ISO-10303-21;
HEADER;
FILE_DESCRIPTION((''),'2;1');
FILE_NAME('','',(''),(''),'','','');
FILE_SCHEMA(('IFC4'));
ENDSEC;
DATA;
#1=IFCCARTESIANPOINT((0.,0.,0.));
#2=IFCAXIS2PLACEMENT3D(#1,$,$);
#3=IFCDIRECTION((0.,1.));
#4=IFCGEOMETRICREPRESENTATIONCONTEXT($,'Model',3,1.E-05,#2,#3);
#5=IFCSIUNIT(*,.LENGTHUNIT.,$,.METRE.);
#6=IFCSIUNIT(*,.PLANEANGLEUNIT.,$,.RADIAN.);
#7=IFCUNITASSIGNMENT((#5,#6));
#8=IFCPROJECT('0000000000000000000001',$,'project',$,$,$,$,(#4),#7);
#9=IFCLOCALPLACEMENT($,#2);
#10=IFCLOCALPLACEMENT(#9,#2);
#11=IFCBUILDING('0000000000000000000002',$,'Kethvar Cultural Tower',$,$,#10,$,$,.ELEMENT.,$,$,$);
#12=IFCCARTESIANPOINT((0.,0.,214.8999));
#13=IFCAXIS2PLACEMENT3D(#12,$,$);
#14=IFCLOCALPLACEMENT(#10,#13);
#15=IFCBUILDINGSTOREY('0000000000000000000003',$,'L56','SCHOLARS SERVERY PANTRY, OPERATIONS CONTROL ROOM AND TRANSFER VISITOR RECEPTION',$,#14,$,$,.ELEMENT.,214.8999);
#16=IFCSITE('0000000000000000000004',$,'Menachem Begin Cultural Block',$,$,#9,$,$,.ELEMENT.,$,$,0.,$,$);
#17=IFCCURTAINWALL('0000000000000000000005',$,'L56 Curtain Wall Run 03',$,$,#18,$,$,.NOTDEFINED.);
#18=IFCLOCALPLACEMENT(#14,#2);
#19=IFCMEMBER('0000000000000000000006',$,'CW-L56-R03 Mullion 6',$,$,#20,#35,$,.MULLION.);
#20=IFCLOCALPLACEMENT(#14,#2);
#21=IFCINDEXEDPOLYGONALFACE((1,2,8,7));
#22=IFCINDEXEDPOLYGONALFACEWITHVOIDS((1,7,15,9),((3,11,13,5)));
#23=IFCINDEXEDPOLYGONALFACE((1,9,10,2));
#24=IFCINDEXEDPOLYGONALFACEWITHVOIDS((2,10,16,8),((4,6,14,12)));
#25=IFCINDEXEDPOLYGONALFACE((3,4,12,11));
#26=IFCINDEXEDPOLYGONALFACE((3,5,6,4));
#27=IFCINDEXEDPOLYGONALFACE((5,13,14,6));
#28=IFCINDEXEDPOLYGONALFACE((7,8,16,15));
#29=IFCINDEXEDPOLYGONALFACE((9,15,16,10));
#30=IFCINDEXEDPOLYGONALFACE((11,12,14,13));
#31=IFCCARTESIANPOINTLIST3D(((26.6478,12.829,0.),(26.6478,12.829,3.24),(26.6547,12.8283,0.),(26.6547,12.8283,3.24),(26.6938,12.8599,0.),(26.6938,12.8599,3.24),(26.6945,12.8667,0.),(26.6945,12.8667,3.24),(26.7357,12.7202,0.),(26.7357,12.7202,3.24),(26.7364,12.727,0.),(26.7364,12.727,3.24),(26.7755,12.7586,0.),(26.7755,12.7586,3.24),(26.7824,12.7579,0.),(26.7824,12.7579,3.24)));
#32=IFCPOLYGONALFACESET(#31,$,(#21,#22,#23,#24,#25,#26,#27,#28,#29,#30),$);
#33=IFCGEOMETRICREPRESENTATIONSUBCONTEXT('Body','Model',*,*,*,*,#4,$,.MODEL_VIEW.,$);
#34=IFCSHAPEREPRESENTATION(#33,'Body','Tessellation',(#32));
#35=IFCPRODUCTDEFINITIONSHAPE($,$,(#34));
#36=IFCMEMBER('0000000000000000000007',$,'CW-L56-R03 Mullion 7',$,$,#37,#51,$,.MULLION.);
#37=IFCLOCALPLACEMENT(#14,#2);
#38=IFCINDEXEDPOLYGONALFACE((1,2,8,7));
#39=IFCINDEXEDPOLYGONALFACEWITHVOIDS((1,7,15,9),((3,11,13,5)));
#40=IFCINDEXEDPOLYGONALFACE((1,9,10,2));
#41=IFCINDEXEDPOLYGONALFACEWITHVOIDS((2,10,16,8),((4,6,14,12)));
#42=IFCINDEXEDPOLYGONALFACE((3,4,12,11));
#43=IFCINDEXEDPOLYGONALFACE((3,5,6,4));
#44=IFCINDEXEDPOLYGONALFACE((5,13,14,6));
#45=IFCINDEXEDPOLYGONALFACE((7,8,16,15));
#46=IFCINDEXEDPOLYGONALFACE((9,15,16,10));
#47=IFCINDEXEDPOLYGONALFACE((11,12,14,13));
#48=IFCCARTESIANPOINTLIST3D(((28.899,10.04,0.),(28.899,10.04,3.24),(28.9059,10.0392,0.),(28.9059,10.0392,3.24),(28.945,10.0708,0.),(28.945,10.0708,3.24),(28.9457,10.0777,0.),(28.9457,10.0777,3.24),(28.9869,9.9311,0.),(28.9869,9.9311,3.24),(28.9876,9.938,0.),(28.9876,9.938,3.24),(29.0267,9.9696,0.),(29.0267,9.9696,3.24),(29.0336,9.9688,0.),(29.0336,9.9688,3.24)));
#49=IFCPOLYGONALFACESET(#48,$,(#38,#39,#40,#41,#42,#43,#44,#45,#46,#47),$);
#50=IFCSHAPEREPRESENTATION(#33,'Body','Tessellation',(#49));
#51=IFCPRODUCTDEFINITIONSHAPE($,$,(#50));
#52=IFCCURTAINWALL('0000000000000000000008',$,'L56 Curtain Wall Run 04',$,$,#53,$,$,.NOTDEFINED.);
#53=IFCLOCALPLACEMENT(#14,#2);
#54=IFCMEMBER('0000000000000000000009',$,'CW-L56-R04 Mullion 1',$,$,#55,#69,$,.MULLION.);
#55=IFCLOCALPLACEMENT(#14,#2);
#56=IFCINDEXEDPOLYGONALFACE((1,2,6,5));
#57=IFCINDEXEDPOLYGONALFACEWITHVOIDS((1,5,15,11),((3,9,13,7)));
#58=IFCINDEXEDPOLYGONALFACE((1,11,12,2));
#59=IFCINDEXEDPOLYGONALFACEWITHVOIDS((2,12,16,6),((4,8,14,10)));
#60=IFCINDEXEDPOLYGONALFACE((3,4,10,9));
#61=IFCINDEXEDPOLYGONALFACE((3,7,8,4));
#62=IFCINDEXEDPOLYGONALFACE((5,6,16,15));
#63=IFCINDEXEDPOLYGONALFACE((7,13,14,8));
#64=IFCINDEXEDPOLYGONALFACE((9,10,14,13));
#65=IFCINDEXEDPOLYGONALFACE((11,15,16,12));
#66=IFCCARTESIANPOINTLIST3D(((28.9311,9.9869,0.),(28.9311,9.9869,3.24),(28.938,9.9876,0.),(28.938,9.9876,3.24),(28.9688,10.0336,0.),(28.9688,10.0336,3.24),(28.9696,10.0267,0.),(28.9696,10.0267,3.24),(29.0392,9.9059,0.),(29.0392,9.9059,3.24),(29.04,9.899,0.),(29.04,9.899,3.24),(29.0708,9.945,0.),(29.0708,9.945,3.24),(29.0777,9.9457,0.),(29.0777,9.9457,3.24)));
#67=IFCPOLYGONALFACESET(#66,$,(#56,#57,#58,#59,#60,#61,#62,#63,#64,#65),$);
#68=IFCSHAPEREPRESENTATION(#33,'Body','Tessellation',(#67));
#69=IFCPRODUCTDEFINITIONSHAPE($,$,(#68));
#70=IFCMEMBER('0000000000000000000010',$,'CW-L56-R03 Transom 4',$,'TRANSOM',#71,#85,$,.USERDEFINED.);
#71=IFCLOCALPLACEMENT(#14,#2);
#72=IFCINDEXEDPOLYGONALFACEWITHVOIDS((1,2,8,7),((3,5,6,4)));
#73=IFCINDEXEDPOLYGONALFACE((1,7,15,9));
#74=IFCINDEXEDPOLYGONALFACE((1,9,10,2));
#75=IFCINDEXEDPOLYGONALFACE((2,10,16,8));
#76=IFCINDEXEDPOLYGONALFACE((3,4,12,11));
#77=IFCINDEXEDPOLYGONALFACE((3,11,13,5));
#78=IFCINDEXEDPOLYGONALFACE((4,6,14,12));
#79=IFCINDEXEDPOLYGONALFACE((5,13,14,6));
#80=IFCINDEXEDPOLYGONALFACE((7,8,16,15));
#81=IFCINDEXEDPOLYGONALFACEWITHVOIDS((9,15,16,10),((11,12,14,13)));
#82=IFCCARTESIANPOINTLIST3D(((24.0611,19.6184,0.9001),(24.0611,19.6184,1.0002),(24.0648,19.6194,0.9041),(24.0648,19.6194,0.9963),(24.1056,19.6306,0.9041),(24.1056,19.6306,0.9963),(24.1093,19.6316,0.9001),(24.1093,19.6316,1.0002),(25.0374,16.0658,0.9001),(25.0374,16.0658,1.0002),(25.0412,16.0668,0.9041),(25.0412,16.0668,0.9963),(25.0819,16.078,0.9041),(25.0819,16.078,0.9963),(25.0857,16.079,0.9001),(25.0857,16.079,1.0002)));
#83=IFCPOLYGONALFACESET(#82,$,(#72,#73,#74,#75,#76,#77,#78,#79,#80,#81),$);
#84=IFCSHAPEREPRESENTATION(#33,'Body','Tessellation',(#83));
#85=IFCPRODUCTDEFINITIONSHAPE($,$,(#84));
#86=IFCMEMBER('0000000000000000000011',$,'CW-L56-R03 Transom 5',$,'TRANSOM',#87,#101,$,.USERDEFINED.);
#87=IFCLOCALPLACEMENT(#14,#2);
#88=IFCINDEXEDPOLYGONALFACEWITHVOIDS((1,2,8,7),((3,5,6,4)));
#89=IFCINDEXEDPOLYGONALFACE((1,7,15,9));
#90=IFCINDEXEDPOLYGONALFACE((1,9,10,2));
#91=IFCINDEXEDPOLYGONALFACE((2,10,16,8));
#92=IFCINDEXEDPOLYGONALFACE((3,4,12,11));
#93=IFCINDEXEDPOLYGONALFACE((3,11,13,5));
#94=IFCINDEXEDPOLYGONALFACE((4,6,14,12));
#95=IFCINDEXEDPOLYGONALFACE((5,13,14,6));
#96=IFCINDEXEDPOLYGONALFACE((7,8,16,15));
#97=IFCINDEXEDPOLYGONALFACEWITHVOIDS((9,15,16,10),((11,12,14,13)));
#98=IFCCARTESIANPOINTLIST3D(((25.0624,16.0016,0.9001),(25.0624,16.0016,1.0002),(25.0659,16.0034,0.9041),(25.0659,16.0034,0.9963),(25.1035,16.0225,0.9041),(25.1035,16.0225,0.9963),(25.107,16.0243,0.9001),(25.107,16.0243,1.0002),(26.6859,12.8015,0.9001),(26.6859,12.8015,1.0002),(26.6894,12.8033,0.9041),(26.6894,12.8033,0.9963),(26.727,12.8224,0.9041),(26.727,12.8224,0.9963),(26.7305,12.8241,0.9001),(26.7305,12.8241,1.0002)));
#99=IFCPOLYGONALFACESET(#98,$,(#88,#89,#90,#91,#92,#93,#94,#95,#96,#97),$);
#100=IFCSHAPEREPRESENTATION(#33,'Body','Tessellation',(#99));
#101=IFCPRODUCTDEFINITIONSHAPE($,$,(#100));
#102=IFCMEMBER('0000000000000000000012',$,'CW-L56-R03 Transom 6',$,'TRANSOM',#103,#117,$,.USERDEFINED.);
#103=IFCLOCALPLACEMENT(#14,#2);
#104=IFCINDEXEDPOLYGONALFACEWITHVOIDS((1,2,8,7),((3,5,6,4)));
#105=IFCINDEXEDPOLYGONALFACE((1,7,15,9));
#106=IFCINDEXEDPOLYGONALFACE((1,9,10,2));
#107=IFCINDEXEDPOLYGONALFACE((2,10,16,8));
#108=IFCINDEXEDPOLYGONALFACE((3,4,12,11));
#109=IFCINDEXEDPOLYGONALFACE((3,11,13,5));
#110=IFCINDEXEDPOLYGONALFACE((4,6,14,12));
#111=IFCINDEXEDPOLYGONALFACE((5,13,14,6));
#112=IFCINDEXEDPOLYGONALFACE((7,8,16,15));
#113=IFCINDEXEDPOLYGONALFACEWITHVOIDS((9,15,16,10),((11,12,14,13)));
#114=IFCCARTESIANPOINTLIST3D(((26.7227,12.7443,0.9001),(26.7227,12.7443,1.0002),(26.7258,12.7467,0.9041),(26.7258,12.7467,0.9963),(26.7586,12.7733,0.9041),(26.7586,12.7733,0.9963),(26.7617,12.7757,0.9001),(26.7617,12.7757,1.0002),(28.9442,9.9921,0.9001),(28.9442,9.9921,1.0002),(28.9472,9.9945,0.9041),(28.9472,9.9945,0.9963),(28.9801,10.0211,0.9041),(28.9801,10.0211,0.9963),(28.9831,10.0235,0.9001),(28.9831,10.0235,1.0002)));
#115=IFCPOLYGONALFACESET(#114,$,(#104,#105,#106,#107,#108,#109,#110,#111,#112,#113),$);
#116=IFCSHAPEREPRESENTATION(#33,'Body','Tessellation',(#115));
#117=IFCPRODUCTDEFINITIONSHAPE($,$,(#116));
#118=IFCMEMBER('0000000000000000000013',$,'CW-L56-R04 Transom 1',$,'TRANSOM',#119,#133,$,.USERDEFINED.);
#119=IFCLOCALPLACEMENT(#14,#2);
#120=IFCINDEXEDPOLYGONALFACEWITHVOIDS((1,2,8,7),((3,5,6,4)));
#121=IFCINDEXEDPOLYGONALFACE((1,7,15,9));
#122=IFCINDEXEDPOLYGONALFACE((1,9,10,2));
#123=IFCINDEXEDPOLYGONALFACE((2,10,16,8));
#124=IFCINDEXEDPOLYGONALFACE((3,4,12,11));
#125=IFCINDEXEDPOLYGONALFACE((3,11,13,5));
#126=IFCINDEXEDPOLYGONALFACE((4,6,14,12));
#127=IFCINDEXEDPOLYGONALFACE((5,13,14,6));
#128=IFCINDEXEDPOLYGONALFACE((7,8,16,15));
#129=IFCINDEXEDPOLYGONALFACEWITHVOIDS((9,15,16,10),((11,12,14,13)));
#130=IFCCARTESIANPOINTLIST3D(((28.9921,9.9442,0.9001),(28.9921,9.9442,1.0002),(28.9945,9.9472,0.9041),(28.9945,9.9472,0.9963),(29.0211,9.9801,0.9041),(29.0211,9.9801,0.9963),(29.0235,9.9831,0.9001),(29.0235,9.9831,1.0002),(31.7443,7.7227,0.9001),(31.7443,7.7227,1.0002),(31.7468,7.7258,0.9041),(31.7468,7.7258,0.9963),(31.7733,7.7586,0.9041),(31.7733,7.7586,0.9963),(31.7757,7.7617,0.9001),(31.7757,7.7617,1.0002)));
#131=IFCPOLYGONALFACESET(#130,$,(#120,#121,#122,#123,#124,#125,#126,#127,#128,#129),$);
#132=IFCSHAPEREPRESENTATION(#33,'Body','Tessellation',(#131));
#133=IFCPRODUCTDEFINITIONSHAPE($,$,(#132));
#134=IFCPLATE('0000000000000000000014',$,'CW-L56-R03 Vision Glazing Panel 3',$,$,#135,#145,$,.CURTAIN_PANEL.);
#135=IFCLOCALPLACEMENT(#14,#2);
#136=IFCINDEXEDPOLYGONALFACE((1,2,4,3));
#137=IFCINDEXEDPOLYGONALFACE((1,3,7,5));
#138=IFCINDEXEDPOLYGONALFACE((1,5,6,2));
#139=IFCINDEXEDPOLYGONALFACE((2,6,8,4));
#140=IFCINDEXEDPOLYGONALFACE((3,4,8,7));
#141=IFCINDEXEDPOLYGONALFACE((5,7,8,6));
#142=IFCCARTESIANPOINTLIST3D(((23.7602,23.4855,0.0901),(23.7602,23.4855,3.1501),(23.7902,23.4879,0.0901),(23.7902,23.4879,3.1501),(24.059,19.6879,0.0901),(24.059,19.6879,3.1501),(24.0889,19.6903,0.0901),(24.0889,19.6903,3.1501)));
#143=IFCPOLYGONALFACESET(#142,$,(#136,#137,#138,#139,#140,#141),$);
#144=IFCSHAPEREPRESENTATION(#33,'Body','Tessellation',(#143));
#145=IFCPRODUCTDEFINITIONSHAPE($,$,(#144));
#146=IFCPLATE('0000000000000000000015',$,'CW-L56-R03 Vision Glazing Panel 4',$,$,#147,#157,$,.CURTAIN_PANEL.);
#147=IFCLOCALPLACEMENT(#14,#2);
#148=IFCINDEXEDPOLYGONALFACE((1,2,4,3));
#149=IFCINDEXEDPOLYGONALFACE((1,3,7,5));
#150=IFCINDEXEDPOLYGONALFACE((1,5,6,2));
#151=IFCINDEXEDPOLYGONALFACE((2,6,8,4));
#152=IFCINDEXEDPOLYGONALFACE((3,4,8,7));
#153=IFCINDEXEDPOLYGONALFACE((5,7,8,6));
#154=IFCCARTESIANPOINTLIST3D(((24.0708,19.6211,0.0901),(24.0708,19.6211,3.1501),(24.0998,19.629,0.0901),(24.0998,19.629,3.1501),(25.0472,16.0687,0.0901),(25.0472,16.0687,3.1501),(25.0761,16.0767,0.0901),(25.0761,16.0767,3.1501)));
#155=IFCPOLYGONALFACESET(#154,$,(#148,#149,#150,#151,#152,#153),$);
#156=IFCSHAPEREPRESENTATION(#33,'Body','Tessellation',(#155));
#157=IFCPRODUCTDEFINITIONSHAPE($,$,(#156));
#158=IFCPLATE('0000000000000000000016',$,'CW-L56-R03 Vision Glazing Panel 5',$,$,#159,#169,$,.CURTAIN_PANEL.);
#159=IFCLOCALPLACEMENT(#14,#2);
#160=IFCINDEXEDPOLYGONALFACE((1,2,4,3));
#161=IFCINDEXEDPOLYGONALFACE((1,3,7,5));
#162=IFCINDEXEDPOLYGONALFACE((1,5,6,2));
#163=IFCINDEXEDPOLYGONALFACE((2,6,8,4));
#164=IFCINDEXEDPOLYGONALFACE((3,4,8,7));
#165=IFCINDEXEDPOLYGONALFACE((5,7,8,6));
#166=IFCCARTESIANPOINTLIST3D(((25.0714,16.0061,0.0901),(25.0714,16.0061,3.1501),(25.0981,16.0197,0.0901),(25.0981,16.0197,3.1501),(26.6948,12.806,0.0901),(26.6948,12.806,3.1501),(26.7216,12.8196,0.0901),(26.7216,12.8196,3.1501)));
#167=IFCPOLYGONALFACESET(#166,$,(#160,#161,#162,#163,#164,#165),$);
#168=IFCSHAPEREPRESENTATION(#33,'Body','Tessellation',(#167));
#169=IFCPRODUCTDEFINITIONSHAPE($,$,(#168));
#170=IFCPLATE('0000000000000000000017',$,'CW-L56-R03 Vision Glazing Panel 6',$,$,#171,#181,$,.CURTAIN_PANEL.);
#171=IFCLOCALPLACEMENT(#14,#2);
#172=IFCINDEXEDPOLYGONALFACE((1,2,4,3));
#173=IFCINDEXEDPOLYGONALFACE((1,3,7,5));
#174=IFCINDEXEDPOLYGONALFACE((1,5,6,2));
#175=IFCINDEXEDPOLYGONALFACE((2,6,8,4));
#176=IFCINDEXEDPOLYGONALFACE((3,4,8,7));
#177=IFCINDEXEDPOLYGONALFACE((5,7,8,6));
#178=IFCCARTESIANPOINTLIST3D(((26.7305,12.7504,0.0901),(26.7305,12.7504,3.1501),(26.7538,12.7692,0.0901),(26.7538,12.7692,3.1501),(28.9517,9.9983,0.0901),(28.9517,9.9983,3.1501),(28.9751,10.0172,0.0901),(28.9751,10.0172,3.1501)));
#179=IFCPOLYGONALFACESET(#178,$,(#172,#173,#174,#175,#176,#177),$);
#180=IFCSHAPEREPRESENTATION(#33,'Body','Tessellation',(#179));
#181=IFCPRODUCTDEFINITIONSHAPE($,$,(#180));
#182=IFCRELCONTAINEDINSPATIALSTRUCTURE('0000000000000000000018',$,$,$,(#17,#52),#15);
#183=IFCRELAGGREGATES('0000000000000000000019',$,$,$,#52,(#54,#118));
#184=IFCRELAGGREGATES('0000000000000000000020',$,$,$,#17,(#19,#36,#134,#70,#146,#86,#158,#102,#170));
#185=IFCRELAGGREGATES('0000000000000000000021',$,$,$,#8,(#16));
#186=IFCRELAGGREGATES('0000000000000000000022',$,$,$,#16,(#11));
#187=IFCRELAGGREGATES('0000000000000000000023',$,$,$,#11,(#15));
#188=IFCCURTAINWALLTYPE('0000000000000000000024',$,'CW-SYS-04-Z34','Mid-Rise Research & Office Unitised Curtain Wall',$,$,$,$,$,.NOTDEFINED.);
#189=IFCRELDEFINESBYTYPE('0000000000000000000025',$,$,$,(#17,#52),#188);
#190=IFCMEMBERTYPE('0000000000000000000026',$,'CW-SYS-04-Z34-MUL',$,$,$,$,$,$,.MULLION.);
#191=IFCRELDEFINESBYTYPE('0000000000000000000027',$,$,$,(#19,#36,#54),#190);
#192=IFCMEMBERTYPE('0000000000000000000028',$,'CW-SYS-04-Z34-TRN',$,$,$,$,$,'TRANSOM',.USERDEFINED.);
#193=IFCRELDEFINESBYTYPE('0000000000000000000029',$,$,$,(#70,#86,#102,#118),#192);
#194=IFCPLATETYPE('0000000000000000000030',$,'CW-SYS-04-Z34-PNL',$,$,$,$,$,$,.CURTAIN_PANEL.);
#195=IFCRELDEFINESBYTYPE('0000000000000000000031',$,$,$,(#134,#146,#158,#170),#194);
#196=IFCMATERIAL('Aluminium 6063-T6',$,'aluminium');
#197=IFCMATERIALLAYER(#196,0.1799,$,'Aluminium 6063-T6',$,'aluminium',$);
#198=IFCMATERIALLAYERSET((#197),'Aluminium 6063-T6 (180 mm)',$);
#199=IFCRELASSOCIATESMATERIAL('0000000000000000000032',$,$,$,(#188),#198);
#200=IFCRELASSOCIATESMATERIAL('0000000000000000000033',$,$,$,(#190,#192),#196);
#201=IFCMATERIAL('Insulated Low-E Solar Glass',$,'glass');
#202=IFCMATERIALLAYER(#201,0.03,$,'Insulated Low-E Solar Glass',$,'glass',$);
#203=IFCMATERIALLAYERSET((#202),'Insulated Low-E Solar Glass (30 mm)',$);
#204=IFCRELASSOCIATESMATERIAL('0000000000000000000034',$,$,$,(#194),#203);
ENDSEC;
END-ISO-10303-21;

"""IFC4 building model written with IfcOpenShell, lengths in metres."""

from ifc_helpers import new_model, si_unit, direction, frame, origin, origin_2d, place, context, subcontext, project, spatial, rectangle, hollow_rectangle, extrude, source, transform, mapped, material, layer, layer_set, material_profile, profile_set, type_object, element, aggregate, save


model = new_model("IFC4")

# Units and contexts
model_context = context("Model", 3, precision=1e-05, world=origin(), true_north=direction((0.0, 1.0)))
body_context = subcontext(model_context, "Body", "Model", "MODEL_VIEW")
ifc_project = project(units=[si_unit("LENGTHUNIT", "METRE"), si_unit("PLANEANGLEUNIT", "RADIAN")], contexts=[model_context])

# Site, building, storey
site_placement = place(None, origin())
site = spatial("IfcSite", under=ifc_project, at=site_placement, Name="Menachem Begin Cultural Block", CompositionType="ELEMENT", RefElevation=0.0)
building_placement = place(site_placement, origin())
building = spatial("IfcBuilding", under=site, at=building_placement, Name="Kethvar Cultural Tower", CompositionType="ELEMENT")
storey_placement = place(building_placement, frame((0.0, 0.0, 214.8999)))
storey = spatial("IfcBuildingStorey", under=building, at=storey_placement, Name="L56", Description="SCHOLARS SERVERY PANTRY, OPERATIONS CONTROL ROOM AND TRANSFER VISITOR RECEPTION", CompositionType="ELEMENT", Elevation=214.8999)

# Curtain wall, members
ifc_material_1 = material(Name="Aluminium 6063-T6", Category="aluminium")
ifc_layer_1 = layer(ifc_material_1, 0.1799, Name="Aluminium 6063-T6", Category="aluminium")
ifc_layer_set_1 = layer_set([ifc_layer_1], Name="Aluminium 6063-T6 (180 mm)")
curtain_wall_type = type_object("IfcCurtainWallType", Name="CW-SYS-04-Z34", Description="Mid-Rise Research & Office Unitised Curtain Wall", PredefinedType="NOTDEFINED", material=ifc_layer_set_1)
curtain_wall_1_placement = place(storey_placement, origin())
curtain_wall_1 = element("IfcCurtainWall", 1, at=curtain_wall_1_placement, inside=storey, type_object=curtain_wall_type, Name="L56 Curtain Wall Run 03", PredefinedType="NOTDEFINED")
ifc_material_profile_1 = material_profile(ifc_material_1, hollow_rectangle(XDim=0.0601, YDim=0.1399, WallThickness=0.0049, at=origin_2d()), Name="Aluminium 6063-T6 — RHS140x60x5")
ifc_profile_set_1 = profile_set([ifc_material_profile_1], Name="Aluminium 6063-T6 — RHS140x60x5")
member_type_1 = type_object("IfcMemberType", Name="CW-SYS-04-Z34-MUL", PredefinedType="MULLION", material=ifc_profile_set_1)
shared_shape_1 = source(origin(), body_context, "Body", "SweptSolid", [
    extrude(hollow_rectangle(XDim=0.0601, YDim=0.1399, WallThickness=0.0049, at=origin_2d()), origin(), (0.0, 0.0, 1.0), 3.24),
])
member_1_placement = place(storey_placement, frame((26.7151, 12.7935, 0.0), z_axis=(0.0, 0.0, 1.0), x_axis=(0.778155, 0.628072, 0.0)))
member_1 = element("IfcMember", 2, at=member_1_placement, type_object=member_type_1, Name="CW-L56-R03 Mullion 6", PredefinedType="MULLION", context=body_context, shape_type="MappedRepresentation", body=[
    mapped(shared_shape_1, transform((0.0, 0.0, 0.0), scale=1.0)),
])
member_2_placement = place(storey_placement, frame((28.9663, 10.0044, 0.0), z_axis=(0.0, 0.0, 1.0), x_axis=(0.778155, 0.628072, 0.0)))
member_2 = element("IfcMember", 3, at=member_2_placement, type_object=member_type_1, Name="CW-L56-R03 Mullion 7", PredefinedType="MULLION", context=body_context, shape_type="MappedRepresentation", body=[
    mapped(shared_shape_1, transform((0.0, 0.0, 0.0), scale=1.0)),
])

# Curtain wall, member
curtain_wall_2_placement = place(storey_placement, origin())
curtain_wall_2 = element("IfcCurtainWall", 4, at=curtain_wall_2_placement, inside=storey, type_object=curtain_wall_type, Name="L56 Curtain Wall Run 04", PredefinedType="NOTDEFINED")
member_3_placement = place(storey_placement, frame((29.0044, 9.9663, 0.0), z_axis=(0.0, 0.0, 1.0), x_axis=(0.628072, 0.778155, 0.0)))
member_3 = element("IfcMember", 5, at=member_3_placement, type_object=member_type_1, Name="CW-L56-R04 Mullion 1", PredefinedType="MULLION", context=body_context, shape_type="MappedRepresentation", body=[
    mapped(shared_shape_1, transform((0.0, 0.0, 0.0), scale=1.0)),
])

# Members
ifc_material_profile_2 = material_profile(ifc_material_1, hollow_rectangle(XDim=0.05, YDim=0.1001, WallThickness=0.0039, at=origin_2d()), Name="Aluminium 6063-T6 — RHS100x50x4")
ifc_profile_set_2 = profile_set([ifc_material_profile_2], Name="Aluminium 6063-T6 — RHS100x50x4")
member_type_2 = type_object("IfcMemberType", Name="CW-SYS-04-Z34-TRN", ElementType="TRANSOM", PredefinedType="USERDEFINED", material=ifc_profile_set_2)
shared_shape_2 = source(origin(), body_context, "Body", "SweptSolid", [
    extrude(hollow_rectangle(XDim=0.05, YDim=0.1001, WallThickness=0.0039, at=origin_2d()), origin(), (0.0, 0.0, 1.0), 3.6843),
])
member_4_placement = place(storey_placement, frame((24.0852, 19.625, 0.9502), z_axis=(0.265001, -0.964248, 0.0), x_axis=(0.964248, 0.265001, 0.0)))
member_4 = element("IfcMember", 6, at=member_4_placement, type_object=member_type_2, Name="CW-L56-R03 Transom 4", ObjectType="TRANSOM", PredefinedType="USERDEFINED", context=body_context, shape_type="MappedRepresentation", body=[
    mapped(shared_shape_2, transform((0.0, 0.0, 0.0), scale=1.0)),
])
shared_shape_3 = source(origin(), body_context, "Body", "SweptSolid", [
    extrude(hollow_rectangle(XDim=0.05, YDim=0.1001, WallThickness=0.0039, at=origin_2d()), origin(), (0.0, 0.0, 1.0), 3.5884),
])
member_5_placement = place(storey_placement, frame((25.0847, 16.0129, 0.9502), z_axis=(0.452431, -0.891799, 0.0), x_axis=(0.891799, 0.452431, 0.0)))
member_5 = element("IfcMember", 7, at=member_5_placement, type_object=member_type_2, Name="CW-L56-R03 Transom 5", ObjectType="TRANSOM", PredefinedType="USERDEFINED", context=body_context, shape_type="MappedRepresentation", body=[
    mapped(shared_shape_3, transform((0.0, 0.0, 0.0), scale=1.0)),
])
shared_shape_4 = source(origin(), body_context, "Body", "SweptSolid", [
    extrude(hollow_rectangle(XDim=0.05, YDim=0.1001, WallThickness=0.0039, at=origin_2d()), origin(), (0.0, 0.0, 1.0), 3.5369),
])
member_6_placement = place(storey_placement, frame((26.7422, 12.76, 0.9502), z_axis=(0.628082, -0.778147, 0.0), x_axis=(0.778147, 0.628082, 0.0)))
member_6 = element("IfcMember", 8, at=member_6_placement, type_object=member_type_2, Name="CW-L56-R03 Transom 6", ObjectType="TRANSOM", PredefinedType="USERDEFINED", context=body_context, shape_type="MappedRepresentation", body=[
    mapped(shared_shape_4, transform((0.0, 0.0, 0.0), scale=1.0)),
])
member_7_placement = place(storey_placement, frame((29.0078, 9.9636, 0.9502), z_axis=(0.778147, -0.628082, 0.0), x_axis=(0.628082, 0.778147, 0.0)))
member_7 = element("IfcMember", 9, at=member_7_placement, type_object=member_type_2, Name="CW-L56-R04 Transom 1", ObjectType="TRANSOM", PredefinedType="USERDEFINED", context=body_context, shape_type="MappedRepresentation", body=[
    mapped(shared_shape_4, transform((0.0, 0.0, 0.0), scale=1.0)),
])
aggregate(curtain_wall_2, [member_3, member_7])

# Plates
ifc_material_2 = material(Name="Insulated Low-E Solar Glass", Category="glass")
ifc_layer_2 = layer(ifc_material_2, 0.03, Name="Insulated Low-E Solar Glass", Category="glass")
ifc_layer_set_2 = layer_set([ifc_layer_2], Name="Insulated Low-E Solar Glass (30 mm)")
plate_type = type_object("IfcPlateType", Name="CW-SYS-04-Z34-PNL", PredefinedType="CURTAIN_PANEL", material=ifc_layer_set_2)
shared_shape_5 = source(origin(), body_context, "Body", "SweptSolid", [
    extrude(rectangle(XDim=3.8093, YDim=0.03, at=origin_2d()), origin(), (0.0, 0.0, 1.0), 3.0601),
])
plate_1_placement = place(storey_placement, frame((23.9246, 21.5879, 0.0901), z_axis=(0.0, 0.0, 1.0), x_axis=(0.078424, -0.99692, 0.0)))
plate_1 = element("IfcPlate", 10, at=plate_1_placement, type_object=plate_type, Name="CW-L56-R03 Vision Glazing Panel 3", PredefinedType="CURTAIN_PANEL", context=body_context, shape_type="MappedRepresentation", body=[
    mapped(shared_shape_5, transform((0.0, 0.0, 0.0), scale=1.0)),
])
shared_shape_6 = source(origin(), body_context, "Body", "SweptSolid", [
    extrude(rectangle(XDim=3.6841, YDim=0.03, at=origin_2d()), origin(), (0.0, 0.0, 1.0), 3.0601),
])
plate_2_placement = place(storey_placement, frame((24.5735, 17.8489, 0.0901), z_axis=(0.0, 0.0, 1.0), x_axis=(0.265018, -0.964244, 0.0)))
plate_2 = element("IfcPlate", 11, at=plate_2_placement, type_object=plate_type, Name="CW-L56-R03 Vision Glazing Panel 4", PredefinedType="CURTAIN_PANEL", context=body_context, shape_type="MappedRepresentation", body=[
    mapped(shared_shape_6, transform((0.0, 0.0, 0.0), scale=1.0)),
])
shared_shape_7 = source(origin(), body_context, "Body", "SweptSolid", [
    extrude(rectangle(XDim=3.5884, YDim=0.03, at=origin_2d()), origin(), (0.0, 0.0, 1.0), 3.0601),
])
plate_3_placement = place(storey_placement, frame((25.8965, 14.4128, 0.0901), z_axis=(0.0, 0.0, 1.0), x_axis=(0.452419, -0.891805, 0.0)))
plate_3 = element("IfcPlate", 12, at=plate_3_placement, type_object=plate_type, Name="CW-L56-R03 Vision Glazing Panel 5", PredefinedType="CURTAIN_PANEL", context=body_context, shape_type="MappedRepresentation", body=[
    mapped(shared_shape_7, transform((0.0, 0.0, 0.0), scale=1.0)),
])
shared_shape_8 = source(origin(), body_context, "Body", "SweptSolid", [
    extrude(rectangle(XDim=3.5366, YDim=0.03, at=origin_2d()), origin(), (0.0, 0.0, 1.0), 3.0601),
])
plate_4_placement = place(storey_placement, frame((27.8528, 11.3838, 0.0901), z_axis=(0.0, 0.0, 1.0), x_axis=(0.628072, -0.778155, 0.0)))
plate_4 = element("IfcPlate", 13, at=plate_4_placement, type_object=plate_type, Name="CW-L56-R03 Vision Glazing Panel 6", PredefinedType="CURTAIN_PANEL", context=body_context, shape_type="MappedRepresentation", body=[
    mapped(shared_shape_8, transform((0.0, 0.0, 0.0), scale=1.0)),
])
aggregate(curtain_wall_1, [member_1, member_2, plate_1, member_4, plate_2, member_5, plate_3, member_6, plate_4])

save(model, "model.ifc")
